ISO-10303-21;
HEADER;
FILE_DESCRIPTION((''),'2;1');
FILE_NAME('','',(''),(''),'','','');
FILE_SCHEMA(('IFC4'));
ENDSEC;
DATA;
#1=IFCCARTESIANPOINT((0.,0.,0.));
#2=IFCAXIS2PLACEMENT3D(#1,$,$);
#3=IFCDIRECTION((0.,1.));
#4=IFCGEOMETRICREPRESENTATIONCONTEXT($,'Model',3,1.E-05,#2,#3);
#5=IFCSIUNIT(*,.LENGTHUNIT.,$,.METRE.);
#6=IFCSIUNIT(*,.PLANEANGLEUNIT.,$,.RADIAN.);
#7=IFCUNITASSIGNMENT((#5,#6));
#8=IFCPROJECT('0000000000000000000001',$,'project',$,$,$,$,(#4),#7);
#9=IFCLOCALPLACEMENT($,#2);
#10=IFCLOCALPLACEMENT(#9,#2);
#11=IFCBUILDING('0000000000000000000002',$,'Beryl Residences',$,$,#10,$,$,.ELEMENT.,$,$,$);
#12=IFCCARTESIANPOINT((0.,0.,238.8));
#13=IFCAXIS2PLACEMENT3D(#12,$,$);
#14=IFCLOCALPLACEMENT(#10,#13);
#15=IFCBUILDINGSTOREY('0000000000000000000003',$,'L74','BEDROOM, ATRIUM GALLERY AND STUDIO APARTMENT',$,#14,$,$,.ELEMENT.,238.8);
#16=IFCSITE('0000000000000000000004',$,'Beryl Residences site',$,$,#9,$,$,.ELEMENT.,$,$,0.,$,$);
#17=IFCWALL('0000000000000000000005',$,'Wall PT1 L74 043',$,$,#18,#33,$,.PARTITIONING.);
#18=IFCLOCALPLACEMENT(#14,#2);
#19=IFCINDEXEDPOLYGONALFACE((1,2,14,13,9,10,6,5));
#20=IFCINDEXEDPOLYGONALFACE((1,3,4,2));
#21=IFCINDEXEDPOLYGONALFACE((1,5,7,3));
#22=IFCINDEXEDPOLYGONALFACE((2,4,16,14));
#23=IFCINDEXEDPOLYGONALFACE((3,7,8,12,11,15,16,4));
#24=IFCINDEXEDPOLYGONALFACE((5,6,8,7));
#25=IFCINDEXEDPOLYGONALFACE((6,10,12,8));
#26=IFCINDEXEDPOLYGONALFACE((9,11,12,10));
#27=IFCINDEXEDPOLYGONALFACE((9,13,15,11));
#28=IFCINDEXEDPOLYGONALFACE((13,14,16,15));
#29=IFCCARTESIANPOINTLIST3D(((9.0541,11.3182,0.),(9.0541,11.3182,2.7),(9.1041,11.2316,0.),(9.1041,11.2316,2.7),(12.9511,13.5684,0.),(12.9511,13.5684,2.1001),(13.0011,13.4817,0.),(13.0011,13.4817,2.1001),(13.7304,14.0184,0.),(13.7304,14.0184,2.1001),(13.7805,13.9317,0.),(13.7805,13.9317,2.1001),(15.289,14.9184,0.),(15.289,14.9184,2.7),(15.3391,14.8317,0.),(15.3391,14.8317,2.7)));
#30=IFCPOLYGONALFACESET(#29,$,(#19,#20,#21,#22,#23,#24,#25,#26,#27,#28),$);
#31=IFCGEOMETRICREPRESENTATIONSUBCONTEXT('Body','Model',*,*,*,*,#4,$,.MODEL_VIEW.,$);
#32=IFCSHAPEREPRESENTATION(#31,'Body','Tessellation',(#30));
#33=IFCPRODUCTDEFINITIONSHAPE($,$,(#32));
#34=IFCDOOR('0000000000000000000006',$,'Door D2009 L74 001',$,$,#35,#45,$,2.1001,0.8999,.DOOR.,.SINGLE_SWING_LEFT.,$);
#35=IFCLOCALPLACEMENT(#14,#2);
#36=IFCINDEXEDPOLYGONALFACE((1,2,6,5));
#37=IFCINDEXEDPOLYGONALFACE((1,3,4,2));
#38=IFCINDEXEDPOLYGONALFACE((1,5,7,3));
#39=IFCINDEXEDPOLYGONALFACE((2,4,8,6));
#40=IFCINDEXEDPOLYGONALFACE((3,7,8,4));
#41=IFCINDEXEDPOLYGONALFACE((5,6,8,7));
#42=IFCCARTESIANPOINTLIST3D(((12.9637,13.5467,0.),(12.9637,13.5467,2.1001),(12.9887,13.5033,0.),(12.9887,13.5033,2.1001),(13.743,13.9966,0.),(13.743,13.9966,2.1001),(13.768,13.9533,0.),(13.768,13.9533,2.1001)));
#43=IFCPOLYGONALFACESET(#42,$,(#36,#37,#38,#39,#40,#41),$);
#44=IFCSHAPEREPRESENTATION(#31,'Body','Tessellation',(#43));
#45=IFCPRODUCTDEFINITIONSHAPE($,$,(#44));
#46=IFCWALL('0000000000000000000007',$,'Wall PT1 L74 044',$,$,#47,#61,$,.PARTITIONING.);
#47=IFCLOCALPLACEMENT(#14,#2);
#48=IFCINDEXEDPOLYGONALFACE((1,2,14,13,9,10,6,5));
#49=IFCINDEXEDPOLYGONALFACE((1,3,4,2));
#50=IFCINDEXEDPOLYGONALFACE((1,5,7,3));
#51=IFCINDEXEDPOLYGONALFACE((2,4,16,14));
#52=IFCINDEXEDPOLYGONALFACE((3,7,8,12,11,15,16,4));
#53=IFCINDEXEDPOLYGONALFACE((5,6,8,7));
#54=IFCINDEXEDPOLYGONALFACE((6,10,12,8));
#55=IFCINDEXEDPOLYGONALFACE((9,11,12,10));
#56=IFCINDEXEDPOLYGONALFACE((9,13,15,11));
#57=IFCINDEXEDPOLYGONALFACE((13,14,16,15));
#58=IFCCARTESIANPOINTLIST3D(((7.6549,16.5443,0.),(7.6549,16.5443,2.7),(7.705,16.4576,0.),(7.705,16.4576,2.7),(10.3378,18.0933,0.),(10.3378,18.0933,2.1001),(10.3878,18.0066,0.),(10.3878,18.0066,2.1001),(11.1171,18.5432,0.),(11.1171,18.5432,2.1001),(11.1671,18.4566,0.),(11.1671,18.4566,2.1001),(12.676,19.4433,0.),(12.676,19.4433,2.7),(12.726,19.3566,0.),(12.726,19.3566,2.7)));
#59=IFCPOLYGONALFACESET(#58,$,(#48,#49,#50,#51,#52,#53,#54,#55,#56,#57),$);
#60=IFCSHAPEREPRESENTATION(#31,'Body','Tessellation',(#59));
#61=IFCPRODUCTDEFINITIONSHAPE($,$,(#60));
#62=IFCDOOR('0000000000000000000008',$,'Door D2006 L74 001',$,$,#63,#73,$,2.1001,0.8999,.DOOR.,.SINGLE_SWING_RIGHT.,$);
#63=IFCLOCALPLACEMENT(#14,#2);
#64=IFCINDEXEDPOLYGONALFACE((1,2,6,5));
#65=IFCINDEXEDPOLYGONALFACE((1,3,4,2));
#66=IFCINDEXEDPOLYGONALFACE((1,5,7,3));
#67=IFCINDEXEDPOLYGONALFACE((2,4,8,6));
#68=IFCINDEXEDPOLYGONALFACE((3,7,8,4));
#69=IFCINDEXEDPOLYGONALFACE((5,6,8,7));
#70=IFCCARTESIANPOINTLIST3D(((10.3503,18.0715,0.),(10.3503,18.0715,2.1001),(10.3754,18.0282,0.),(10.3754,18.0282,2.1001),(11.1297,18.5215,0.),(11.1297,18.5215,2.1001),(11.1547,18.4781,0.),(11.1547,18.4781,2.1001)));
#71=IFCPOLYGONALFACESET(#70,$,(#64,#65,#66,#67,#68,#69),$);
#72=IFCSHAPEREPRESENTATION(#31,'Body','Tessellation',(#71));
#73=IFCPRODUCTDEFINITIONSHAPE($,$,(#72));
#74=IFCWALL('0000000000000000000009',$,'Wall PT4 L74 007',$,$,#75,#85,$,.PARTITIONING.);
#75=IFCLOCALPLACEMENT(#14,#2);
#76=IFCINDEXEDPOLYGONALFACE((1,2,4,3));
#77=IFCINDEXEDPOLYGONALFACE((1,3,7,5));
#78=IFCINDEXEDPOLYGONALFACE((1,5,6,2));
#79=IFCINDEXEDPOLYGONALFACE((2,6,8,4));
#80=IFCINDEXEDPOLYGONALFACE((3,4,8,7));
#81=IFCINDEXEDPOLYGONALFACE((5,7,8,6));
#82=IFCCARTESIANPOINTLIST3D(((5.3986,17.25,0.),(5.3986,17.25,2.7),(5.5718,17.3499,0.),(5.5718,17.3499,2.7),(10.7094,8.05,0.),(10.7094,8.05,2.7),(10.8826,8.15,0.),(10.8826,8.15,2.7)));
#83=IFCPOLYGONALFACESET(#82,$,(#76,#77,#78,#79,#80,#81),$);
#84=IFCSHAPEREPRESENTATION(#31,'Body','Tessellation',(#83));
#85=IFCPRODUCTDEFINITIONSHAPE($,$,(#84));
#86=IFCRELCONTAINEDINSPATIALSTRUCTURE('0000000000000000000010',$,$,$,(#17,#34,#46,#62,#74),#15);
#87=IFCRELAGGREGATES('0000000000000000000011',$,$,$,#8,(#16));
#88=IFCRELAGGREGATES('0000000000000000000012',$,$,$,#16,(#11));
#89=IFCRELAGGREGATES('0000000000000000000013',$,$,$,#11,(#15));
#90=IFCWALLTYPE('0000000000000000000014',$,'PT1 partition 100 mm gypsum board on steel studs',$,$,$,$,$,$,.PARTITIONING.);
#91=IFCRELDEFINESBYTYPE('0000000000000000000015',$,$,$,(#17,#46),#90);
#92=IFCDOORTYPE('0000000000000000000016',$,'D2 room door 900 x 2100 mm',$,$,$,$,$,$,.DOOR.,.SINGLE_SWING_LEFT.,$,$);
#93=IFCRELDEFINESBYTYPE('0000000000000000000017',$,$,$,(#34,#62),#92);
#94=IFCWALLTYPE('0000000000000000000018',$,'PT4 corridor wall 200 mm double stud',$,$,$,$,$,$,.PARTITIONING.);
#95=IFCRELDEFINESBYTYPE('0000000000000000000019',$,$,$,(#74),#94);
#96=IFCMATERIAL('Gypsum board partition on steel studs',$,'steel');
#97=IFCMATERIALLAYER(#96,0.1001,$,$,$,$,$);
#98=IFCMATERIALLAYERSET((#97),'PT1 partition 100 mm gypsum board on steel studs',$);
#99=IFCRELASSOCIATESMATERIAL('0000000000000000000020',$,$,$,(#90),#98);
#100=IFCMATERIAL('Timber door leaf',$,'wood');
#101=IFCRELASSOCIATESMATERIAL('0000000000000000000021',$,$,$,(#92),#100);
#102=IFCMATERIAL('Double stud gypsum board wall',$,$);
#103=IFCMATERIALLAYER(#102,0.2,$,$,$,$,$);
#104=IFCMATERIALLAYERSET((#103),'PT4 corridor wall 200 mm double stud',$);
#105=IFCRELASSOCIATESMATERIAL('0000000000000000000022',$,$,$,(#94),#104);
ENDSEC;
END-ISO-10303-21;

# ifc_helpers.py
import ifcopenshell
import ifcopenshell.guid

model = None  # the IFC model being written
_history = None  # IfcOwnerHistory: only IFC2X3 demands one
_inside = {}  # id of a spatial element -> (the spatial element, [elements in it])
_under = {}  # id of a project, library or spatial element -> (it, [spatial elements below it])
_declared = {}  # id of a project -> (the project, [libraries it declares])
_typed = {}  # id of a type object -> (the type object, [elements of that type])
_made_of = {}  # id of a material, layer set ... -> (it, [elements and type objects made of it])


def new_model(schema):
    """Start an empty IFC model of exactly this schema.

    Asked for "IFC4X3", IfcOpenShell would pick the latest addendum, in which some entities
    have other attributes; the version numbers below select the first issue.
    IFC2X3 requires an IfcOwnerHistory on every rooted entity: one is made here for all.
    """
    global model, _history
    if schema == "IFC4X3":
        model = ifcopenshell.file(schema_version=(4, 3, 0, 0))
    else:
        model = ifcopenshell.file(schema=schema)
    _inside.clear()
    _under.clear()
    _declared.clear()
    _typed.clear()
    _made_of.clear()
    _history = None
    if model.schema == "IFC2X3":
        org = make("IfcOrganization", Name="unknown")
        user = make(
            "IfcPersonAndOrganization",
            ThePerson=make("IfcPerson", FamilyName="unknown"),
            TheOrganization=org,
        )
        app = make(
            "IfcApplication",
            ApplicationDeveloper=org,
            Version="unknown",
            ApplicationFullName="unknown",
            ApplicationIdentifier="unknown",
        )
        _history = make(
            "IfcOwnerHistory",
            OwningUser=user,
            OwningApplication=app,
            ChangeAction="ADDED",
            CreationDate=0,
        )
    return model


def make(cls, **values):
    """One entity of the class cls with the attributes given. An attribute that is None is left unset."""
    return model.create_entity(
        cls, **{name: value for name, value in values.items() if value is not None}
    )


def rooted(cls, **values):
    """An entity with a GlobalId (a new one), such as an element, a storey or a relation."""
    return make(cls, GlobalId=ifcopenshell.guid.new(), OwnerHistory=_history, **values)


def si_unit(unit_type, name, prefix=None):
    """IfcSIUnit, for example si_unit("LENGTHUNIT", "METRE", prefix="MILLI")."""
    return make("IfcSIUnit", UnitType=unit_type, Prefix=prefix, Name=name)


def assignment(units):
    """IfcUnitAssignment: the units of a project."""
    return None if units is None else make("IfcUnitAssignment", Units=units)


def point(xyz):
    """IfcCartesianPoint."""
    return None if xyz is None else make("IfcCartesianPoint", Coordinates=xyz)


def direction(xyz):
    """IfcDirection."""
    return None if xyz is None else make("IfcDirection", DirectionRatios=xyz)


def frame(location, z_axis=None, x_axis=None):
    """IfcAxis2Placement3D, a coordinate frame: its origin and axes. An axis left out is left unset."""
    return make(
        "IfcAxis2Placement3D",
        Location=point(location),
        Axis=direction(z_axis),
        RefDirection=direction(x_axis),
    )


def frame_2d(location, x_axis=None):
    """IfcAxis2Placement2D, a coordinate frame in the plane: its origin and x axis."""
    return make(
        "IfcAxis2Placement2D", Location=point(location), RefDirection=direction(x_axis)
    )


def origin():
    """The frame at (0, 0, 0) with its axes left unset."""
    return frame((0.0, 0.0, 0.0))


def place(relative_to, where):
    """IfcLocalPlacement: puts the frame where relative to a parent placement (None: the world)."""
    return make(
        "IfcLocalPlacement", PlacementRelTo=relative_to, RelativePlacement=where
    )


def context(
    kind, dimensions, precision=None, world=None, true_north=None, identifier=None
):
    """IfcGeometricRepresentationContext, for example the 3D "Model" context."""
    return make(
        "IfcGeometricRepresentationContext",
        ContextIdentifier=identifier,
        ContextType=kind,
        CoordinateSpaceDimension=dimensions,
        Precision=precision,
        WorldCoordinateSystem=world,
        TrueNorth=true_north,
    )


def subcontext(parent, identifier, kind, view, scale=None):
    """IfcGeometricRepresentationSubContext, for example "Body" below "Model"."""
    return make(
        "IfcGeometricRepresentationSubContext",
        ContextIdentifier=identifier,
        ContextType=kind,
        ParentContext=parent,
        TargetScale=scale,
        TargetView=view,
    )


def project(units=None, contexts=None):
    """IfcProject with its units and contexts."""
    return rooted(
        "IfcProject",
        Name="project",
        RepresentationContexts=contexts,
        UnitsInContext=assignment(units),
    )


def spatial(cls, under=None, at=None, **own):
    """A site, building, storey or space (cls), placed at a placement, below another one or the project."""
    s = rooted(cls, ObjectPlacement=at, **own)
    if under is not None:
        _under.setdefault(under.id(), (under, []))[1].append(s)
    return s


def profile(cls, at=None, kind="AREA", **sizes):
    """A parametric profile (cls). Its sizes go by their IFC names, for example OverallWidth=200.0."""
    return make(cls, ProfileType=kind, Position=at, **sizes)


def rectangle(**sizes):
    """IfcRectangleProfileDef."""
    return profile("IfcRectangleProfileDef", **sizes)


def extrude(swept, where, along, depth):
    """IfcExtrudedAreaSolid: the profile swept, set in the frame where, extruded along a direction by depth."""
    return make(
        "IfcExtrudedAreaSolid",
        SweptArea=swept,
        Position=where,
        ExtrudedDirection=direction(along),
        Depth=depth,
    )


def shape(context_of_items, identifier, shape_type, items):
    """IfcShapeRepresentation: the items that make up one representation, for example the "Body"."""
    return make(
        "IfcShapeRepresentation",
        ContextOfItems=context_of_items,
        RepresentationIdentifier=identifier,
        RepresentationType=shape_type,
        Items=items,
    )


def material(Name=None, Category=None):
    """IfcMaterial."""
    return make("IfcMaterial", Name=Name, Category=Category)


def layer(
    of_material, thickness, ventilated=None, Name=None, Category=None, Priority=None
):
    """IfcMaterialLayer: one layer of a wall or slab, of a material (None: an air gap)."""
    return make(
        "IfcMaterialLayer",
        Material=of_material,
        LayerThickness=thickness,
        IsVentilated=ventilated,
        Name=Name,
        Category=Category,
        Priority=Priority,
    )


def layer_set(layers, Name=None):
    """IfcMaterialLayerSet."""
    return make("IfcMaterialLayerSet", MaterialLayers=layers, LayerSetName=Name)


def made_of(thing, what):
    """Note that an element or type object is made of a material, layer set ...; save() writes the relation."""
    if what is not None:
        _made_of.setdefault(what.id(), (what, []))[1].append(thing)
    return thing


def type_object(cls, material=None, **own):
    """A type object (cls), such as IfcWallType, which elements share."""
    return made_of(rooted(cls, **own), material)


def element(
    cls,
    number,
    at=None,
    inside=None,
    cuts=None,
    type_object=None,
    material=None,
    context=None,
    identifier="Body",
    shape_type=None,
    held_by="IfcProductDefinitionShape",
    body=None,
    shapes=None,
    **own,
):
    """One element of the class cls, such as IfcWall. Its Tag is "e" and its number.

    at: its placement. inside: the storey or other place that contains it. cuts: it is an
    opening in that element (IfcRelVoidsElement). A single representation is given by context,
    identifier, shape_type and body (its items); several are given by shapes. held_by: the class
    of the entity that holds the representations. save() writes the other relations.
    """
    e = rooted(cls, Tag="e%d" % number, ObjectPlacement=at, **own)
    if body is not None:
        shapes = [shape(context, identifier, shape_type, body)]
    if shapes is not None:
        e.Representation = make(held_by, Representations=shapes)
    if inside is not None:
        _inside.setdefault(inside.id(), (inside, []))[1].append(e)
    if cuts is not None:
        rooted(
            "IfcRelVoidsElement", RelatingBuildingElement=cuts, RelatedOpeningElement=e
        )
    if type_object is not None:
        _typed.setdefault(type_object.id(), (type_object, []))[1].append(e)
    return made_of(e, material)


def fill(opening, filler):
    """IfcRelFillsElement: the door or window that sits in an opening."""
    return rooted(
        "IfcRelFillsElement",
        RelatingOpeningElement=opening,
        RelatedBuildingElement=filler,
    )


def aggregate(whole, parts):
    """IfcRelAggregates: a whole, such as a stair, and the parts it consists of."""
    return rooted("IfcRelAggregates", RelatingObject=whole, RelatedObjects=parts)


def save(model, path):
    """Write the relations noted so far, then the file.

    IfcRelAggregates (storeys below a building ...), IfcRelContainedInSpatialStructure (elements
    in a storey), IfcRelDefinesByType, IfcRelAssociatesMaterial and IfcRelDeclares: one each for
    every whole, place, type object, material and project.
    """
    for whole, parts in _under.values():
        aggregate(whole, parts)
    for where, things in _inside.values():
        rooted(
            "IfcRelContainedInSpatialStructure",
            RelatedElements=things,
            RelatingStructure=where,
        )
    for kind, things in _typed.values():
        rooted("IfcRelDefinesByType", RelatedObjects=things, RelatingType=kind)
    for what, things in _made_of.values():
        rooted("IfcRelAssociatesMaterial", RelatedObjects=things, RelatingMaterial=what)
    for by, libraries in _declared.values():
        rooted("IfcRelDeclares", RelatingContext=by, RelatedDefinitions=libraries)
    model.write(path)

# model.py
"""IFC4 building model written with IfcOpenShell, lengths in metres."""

from ifc_helpers import new_model, si_unit, direction, frame, frame_2d, origin, place, context, subcontext, project, spatial, rectangle, extrude, material, layer, layer_set, type_object, element, fill, save


model = new_model("IFC4")

# Units and contexts
model_context = context("Model", 3, precision=1e-05, world=origin(), true_north=direction((0.0, 1.0)))
body_context = subcontext(model_context, "Body", "Model", "MODEL_VIEW")
ifc_project = project(units=[si_unit("LENGTHUNIT", "METRE"), si_unit("PLANEANGLEUNIT", "RADIAN")], contexts=[model_context])

# Site, building, storey
site_placement = place(None, origin())
site = spatial("IfcSite", under=ifc_project, at=site_placement, Name="Beryl Residences site", CompositionType="ELEMENT", RefElevation=0.0)
building_placement = place(site_placement, origin())
building = spatial("IfcBuilding", under=site, at=building_placement, Name="Beryl Residences", CompositionType="ELEMENT")
storey_placement = place(building_placement, frame((0.0, 0.0, 238.8)))
storey = spatial("IfcBuildingStorey", under=building, at=storey_placement, Name="L74", Description="BEDROOM, ATRIUM GALLERY AND STUDIO APARTMENT", CompositionType="ELEMENT", Elevation=238.8)

# Shared definitions
ifc_material_1 = material(Name="Gypsum board partition on steel studs", Category="steel")
ifc_layer_1 = layer(ifc_material_1, 0.1001)
ifc_layer_set_1 = layer_set([ifc_layer_1], Name="PT1 partition 100 mm gypsum board on steel studs")
wall_type_1 = type_object("IfcWallType", Name="PT1 partition 100 mm gypsum board on steel studs", PredefinedType="PARTITIONING", material=ifc_layer_set_1)

# Walls, openings, doors
wall_1_placement = place(storey_placement, frame((9.0791, 11.2749, 0.0), z_axis=(0.0, 0.0, 1.0), x_axis=(0.866001, 0.500041, 0.0)))
wall_1 = element("IfcWall", 1, at=wall_1_placement, inside=storey, type_object=wall_type_1, Name="Wall PT1 L74 043", PredefinedType="PARTITIONING", context=body_context, shape_type="SweptSolid", body=[
    extrude(rectangle(XDim=7.1997, YDim=0.1001, at=frame_2d((3.5999, 0.0))), origin(), (0.0, 0.0, 1.0), 2.7),
])
opening_1_placement = place(wall_1_placement, frame((4.5, 0.0, 0.0)))
opening_1 = element("IfcOpeningElement", 2, at=opening_1_placement, cuts=wall_1, PredefinedType="OPENING", context=body_context, shape_type="SweptSolid", body=[
    extrude(rectangle(XDim=0.8999, YDim=2.1001, at=frame_2d((0.45, 1.05))), frame((0.0, 0.0601, 0.0), z_axis=(0.0, -1.0, 0.0), x_axis=(1.0, 0.0, 0.0)), (0.0, 0.0, 1.0), 0.1201),
])
ifc_material_2 = material(Name="Timber door leaf", Category="wood")
door_type_1 = type_object("IfcDoorType", Name="D2 room door 900 x 2100 mm", OperationType="SINGLE_SWING_LEFT", PredefinedType="DOOR", material=ifc_material_2)
door_1_placement = place(opening_1_placement, origin())
door_1 = element("IfcDoor", 3, at=door_1_placement, inside=storey, type_object=door_type_1, Name="Door D2009 L74 001", OperationType="SINGLE_SWING_LEFT", OverallHeight=2.1001, OverallWidth=0.8999, PredefinedType="DOOR", context=body_context, shape_type="SweptSolid", body=[
    extrude(rectangle(XDim=0.8999, YDim=2.1001, at=frame_2d((0.45, 1.05))), frame((0.0, 0.0249, 0.0), z_axis=(0.0, -1.0, 0.0), x_axis=(1.0, 0.0, 0.0)), (0.0, 0.0, 1.0), 0.05),
])
fill(opening_1, door_1)
wall_2_placement = place(storey_placement, frame((7.6799, 16.501, 0.0), z_axis=(0.0, 0.0, 1.0), x_axis=(0.866021, 0.500007, 0.0)))
wall_2 = element("IfcWall", 4, at=wall_2_placement, inside=storey, type_object=wall_type_1, Name="Wall PT1 L74 044", PredefinedType="PARTITIONING", context=body_context, shape_type="SweptSolid", body=[
    extrude(rectangle(XDim=5.7979, YDim=0.1001, at=frame_2d((2.8989, 0.0))), origin(), (0.0, 0.0, 1.0), 2.7),
])
opening_2_placement = place(wall_2_placement, frame((3.0979, 0.0, 0.0)))
opening_2 = element("IfcOpeningElement", 5, at=opening_2_placement, cuts=wall_2, PredefinedType="OPENING", context=body_context, shape_type="SweptSolid", body=[
    extrude(rectangle(XDim=0.8999, YDim=2.1001, at=frame_2d((0.45, 1.05))), frame((0.0, 0.0601, 0.0), z_axis=(0.0, -1.0, 0.0), x_axis=(1.0, 0.0, 0.0)), (0.0, 0.0, 1.0), 0.1201),
])
door_2_placement = place(opening_2_placement, origin())
door_2 = element("IfcDoor", 6, at=door_2_placement, inside=storey, type_object=door_type_1, Name="Door D2006 L74 001", OperationType="SINGLE_SWING_RIGHT", OverallHeight=2.1001, OverallWidth=0.8999, PredefinedType="DOOR", context=body_context, shape_type="SweptSolid", body=[
    extrude(rectangle(XDim=0.8999, YDim=2.1001, at=frame_2d((0.45, 1.05))), frame((0.0, 0.0249, 0.0), z_axis=(0.0, -1.0, 0.0), x_axis=(1.0, 0.0, 0.0)), (0.0, 0.0, 1.0), 0.05),
])
fill(opening_2, door_2)

# Wall
ifc_material_3 = material(Name="Double stud gypsum board wall")
ifc_layer_2 = layer(ifc_material_3, 0.2)
ifc_layer_set_2 = layer_set([ifc_layer_2], Name="PT4 corridor wall 200 mm double stud")
wall_type_2 = type_object("IfcWallType", Name="PT4 corridor wall 200 mm double stud", PredefinedType="PARTITIONING", material=ifc_layer_set_2)
wall_3_placement = place(storey_placement, frame((5.4851, 17.3, 0.0), z_axis=(0.0, 0.0, 1.0), x_axis=(0.499943, -0.866058, 0.0)))
element("IfcWall", 7, at=wall_3_placement, inside=storey, type_object=wall_type_2, Name="Wall PT4 L74 007", PredefinedType="PARTITIONING", context=body_context, shape_type="SweptSolid", body=[
    extrude(rectangle(XDim=10.6228, YDim=0.2, at=frame_2d((5.3115, 0.0))), origin(), (0.0, 0.0, 1.0), 2.7),
])

save(model, "model.ifc")
